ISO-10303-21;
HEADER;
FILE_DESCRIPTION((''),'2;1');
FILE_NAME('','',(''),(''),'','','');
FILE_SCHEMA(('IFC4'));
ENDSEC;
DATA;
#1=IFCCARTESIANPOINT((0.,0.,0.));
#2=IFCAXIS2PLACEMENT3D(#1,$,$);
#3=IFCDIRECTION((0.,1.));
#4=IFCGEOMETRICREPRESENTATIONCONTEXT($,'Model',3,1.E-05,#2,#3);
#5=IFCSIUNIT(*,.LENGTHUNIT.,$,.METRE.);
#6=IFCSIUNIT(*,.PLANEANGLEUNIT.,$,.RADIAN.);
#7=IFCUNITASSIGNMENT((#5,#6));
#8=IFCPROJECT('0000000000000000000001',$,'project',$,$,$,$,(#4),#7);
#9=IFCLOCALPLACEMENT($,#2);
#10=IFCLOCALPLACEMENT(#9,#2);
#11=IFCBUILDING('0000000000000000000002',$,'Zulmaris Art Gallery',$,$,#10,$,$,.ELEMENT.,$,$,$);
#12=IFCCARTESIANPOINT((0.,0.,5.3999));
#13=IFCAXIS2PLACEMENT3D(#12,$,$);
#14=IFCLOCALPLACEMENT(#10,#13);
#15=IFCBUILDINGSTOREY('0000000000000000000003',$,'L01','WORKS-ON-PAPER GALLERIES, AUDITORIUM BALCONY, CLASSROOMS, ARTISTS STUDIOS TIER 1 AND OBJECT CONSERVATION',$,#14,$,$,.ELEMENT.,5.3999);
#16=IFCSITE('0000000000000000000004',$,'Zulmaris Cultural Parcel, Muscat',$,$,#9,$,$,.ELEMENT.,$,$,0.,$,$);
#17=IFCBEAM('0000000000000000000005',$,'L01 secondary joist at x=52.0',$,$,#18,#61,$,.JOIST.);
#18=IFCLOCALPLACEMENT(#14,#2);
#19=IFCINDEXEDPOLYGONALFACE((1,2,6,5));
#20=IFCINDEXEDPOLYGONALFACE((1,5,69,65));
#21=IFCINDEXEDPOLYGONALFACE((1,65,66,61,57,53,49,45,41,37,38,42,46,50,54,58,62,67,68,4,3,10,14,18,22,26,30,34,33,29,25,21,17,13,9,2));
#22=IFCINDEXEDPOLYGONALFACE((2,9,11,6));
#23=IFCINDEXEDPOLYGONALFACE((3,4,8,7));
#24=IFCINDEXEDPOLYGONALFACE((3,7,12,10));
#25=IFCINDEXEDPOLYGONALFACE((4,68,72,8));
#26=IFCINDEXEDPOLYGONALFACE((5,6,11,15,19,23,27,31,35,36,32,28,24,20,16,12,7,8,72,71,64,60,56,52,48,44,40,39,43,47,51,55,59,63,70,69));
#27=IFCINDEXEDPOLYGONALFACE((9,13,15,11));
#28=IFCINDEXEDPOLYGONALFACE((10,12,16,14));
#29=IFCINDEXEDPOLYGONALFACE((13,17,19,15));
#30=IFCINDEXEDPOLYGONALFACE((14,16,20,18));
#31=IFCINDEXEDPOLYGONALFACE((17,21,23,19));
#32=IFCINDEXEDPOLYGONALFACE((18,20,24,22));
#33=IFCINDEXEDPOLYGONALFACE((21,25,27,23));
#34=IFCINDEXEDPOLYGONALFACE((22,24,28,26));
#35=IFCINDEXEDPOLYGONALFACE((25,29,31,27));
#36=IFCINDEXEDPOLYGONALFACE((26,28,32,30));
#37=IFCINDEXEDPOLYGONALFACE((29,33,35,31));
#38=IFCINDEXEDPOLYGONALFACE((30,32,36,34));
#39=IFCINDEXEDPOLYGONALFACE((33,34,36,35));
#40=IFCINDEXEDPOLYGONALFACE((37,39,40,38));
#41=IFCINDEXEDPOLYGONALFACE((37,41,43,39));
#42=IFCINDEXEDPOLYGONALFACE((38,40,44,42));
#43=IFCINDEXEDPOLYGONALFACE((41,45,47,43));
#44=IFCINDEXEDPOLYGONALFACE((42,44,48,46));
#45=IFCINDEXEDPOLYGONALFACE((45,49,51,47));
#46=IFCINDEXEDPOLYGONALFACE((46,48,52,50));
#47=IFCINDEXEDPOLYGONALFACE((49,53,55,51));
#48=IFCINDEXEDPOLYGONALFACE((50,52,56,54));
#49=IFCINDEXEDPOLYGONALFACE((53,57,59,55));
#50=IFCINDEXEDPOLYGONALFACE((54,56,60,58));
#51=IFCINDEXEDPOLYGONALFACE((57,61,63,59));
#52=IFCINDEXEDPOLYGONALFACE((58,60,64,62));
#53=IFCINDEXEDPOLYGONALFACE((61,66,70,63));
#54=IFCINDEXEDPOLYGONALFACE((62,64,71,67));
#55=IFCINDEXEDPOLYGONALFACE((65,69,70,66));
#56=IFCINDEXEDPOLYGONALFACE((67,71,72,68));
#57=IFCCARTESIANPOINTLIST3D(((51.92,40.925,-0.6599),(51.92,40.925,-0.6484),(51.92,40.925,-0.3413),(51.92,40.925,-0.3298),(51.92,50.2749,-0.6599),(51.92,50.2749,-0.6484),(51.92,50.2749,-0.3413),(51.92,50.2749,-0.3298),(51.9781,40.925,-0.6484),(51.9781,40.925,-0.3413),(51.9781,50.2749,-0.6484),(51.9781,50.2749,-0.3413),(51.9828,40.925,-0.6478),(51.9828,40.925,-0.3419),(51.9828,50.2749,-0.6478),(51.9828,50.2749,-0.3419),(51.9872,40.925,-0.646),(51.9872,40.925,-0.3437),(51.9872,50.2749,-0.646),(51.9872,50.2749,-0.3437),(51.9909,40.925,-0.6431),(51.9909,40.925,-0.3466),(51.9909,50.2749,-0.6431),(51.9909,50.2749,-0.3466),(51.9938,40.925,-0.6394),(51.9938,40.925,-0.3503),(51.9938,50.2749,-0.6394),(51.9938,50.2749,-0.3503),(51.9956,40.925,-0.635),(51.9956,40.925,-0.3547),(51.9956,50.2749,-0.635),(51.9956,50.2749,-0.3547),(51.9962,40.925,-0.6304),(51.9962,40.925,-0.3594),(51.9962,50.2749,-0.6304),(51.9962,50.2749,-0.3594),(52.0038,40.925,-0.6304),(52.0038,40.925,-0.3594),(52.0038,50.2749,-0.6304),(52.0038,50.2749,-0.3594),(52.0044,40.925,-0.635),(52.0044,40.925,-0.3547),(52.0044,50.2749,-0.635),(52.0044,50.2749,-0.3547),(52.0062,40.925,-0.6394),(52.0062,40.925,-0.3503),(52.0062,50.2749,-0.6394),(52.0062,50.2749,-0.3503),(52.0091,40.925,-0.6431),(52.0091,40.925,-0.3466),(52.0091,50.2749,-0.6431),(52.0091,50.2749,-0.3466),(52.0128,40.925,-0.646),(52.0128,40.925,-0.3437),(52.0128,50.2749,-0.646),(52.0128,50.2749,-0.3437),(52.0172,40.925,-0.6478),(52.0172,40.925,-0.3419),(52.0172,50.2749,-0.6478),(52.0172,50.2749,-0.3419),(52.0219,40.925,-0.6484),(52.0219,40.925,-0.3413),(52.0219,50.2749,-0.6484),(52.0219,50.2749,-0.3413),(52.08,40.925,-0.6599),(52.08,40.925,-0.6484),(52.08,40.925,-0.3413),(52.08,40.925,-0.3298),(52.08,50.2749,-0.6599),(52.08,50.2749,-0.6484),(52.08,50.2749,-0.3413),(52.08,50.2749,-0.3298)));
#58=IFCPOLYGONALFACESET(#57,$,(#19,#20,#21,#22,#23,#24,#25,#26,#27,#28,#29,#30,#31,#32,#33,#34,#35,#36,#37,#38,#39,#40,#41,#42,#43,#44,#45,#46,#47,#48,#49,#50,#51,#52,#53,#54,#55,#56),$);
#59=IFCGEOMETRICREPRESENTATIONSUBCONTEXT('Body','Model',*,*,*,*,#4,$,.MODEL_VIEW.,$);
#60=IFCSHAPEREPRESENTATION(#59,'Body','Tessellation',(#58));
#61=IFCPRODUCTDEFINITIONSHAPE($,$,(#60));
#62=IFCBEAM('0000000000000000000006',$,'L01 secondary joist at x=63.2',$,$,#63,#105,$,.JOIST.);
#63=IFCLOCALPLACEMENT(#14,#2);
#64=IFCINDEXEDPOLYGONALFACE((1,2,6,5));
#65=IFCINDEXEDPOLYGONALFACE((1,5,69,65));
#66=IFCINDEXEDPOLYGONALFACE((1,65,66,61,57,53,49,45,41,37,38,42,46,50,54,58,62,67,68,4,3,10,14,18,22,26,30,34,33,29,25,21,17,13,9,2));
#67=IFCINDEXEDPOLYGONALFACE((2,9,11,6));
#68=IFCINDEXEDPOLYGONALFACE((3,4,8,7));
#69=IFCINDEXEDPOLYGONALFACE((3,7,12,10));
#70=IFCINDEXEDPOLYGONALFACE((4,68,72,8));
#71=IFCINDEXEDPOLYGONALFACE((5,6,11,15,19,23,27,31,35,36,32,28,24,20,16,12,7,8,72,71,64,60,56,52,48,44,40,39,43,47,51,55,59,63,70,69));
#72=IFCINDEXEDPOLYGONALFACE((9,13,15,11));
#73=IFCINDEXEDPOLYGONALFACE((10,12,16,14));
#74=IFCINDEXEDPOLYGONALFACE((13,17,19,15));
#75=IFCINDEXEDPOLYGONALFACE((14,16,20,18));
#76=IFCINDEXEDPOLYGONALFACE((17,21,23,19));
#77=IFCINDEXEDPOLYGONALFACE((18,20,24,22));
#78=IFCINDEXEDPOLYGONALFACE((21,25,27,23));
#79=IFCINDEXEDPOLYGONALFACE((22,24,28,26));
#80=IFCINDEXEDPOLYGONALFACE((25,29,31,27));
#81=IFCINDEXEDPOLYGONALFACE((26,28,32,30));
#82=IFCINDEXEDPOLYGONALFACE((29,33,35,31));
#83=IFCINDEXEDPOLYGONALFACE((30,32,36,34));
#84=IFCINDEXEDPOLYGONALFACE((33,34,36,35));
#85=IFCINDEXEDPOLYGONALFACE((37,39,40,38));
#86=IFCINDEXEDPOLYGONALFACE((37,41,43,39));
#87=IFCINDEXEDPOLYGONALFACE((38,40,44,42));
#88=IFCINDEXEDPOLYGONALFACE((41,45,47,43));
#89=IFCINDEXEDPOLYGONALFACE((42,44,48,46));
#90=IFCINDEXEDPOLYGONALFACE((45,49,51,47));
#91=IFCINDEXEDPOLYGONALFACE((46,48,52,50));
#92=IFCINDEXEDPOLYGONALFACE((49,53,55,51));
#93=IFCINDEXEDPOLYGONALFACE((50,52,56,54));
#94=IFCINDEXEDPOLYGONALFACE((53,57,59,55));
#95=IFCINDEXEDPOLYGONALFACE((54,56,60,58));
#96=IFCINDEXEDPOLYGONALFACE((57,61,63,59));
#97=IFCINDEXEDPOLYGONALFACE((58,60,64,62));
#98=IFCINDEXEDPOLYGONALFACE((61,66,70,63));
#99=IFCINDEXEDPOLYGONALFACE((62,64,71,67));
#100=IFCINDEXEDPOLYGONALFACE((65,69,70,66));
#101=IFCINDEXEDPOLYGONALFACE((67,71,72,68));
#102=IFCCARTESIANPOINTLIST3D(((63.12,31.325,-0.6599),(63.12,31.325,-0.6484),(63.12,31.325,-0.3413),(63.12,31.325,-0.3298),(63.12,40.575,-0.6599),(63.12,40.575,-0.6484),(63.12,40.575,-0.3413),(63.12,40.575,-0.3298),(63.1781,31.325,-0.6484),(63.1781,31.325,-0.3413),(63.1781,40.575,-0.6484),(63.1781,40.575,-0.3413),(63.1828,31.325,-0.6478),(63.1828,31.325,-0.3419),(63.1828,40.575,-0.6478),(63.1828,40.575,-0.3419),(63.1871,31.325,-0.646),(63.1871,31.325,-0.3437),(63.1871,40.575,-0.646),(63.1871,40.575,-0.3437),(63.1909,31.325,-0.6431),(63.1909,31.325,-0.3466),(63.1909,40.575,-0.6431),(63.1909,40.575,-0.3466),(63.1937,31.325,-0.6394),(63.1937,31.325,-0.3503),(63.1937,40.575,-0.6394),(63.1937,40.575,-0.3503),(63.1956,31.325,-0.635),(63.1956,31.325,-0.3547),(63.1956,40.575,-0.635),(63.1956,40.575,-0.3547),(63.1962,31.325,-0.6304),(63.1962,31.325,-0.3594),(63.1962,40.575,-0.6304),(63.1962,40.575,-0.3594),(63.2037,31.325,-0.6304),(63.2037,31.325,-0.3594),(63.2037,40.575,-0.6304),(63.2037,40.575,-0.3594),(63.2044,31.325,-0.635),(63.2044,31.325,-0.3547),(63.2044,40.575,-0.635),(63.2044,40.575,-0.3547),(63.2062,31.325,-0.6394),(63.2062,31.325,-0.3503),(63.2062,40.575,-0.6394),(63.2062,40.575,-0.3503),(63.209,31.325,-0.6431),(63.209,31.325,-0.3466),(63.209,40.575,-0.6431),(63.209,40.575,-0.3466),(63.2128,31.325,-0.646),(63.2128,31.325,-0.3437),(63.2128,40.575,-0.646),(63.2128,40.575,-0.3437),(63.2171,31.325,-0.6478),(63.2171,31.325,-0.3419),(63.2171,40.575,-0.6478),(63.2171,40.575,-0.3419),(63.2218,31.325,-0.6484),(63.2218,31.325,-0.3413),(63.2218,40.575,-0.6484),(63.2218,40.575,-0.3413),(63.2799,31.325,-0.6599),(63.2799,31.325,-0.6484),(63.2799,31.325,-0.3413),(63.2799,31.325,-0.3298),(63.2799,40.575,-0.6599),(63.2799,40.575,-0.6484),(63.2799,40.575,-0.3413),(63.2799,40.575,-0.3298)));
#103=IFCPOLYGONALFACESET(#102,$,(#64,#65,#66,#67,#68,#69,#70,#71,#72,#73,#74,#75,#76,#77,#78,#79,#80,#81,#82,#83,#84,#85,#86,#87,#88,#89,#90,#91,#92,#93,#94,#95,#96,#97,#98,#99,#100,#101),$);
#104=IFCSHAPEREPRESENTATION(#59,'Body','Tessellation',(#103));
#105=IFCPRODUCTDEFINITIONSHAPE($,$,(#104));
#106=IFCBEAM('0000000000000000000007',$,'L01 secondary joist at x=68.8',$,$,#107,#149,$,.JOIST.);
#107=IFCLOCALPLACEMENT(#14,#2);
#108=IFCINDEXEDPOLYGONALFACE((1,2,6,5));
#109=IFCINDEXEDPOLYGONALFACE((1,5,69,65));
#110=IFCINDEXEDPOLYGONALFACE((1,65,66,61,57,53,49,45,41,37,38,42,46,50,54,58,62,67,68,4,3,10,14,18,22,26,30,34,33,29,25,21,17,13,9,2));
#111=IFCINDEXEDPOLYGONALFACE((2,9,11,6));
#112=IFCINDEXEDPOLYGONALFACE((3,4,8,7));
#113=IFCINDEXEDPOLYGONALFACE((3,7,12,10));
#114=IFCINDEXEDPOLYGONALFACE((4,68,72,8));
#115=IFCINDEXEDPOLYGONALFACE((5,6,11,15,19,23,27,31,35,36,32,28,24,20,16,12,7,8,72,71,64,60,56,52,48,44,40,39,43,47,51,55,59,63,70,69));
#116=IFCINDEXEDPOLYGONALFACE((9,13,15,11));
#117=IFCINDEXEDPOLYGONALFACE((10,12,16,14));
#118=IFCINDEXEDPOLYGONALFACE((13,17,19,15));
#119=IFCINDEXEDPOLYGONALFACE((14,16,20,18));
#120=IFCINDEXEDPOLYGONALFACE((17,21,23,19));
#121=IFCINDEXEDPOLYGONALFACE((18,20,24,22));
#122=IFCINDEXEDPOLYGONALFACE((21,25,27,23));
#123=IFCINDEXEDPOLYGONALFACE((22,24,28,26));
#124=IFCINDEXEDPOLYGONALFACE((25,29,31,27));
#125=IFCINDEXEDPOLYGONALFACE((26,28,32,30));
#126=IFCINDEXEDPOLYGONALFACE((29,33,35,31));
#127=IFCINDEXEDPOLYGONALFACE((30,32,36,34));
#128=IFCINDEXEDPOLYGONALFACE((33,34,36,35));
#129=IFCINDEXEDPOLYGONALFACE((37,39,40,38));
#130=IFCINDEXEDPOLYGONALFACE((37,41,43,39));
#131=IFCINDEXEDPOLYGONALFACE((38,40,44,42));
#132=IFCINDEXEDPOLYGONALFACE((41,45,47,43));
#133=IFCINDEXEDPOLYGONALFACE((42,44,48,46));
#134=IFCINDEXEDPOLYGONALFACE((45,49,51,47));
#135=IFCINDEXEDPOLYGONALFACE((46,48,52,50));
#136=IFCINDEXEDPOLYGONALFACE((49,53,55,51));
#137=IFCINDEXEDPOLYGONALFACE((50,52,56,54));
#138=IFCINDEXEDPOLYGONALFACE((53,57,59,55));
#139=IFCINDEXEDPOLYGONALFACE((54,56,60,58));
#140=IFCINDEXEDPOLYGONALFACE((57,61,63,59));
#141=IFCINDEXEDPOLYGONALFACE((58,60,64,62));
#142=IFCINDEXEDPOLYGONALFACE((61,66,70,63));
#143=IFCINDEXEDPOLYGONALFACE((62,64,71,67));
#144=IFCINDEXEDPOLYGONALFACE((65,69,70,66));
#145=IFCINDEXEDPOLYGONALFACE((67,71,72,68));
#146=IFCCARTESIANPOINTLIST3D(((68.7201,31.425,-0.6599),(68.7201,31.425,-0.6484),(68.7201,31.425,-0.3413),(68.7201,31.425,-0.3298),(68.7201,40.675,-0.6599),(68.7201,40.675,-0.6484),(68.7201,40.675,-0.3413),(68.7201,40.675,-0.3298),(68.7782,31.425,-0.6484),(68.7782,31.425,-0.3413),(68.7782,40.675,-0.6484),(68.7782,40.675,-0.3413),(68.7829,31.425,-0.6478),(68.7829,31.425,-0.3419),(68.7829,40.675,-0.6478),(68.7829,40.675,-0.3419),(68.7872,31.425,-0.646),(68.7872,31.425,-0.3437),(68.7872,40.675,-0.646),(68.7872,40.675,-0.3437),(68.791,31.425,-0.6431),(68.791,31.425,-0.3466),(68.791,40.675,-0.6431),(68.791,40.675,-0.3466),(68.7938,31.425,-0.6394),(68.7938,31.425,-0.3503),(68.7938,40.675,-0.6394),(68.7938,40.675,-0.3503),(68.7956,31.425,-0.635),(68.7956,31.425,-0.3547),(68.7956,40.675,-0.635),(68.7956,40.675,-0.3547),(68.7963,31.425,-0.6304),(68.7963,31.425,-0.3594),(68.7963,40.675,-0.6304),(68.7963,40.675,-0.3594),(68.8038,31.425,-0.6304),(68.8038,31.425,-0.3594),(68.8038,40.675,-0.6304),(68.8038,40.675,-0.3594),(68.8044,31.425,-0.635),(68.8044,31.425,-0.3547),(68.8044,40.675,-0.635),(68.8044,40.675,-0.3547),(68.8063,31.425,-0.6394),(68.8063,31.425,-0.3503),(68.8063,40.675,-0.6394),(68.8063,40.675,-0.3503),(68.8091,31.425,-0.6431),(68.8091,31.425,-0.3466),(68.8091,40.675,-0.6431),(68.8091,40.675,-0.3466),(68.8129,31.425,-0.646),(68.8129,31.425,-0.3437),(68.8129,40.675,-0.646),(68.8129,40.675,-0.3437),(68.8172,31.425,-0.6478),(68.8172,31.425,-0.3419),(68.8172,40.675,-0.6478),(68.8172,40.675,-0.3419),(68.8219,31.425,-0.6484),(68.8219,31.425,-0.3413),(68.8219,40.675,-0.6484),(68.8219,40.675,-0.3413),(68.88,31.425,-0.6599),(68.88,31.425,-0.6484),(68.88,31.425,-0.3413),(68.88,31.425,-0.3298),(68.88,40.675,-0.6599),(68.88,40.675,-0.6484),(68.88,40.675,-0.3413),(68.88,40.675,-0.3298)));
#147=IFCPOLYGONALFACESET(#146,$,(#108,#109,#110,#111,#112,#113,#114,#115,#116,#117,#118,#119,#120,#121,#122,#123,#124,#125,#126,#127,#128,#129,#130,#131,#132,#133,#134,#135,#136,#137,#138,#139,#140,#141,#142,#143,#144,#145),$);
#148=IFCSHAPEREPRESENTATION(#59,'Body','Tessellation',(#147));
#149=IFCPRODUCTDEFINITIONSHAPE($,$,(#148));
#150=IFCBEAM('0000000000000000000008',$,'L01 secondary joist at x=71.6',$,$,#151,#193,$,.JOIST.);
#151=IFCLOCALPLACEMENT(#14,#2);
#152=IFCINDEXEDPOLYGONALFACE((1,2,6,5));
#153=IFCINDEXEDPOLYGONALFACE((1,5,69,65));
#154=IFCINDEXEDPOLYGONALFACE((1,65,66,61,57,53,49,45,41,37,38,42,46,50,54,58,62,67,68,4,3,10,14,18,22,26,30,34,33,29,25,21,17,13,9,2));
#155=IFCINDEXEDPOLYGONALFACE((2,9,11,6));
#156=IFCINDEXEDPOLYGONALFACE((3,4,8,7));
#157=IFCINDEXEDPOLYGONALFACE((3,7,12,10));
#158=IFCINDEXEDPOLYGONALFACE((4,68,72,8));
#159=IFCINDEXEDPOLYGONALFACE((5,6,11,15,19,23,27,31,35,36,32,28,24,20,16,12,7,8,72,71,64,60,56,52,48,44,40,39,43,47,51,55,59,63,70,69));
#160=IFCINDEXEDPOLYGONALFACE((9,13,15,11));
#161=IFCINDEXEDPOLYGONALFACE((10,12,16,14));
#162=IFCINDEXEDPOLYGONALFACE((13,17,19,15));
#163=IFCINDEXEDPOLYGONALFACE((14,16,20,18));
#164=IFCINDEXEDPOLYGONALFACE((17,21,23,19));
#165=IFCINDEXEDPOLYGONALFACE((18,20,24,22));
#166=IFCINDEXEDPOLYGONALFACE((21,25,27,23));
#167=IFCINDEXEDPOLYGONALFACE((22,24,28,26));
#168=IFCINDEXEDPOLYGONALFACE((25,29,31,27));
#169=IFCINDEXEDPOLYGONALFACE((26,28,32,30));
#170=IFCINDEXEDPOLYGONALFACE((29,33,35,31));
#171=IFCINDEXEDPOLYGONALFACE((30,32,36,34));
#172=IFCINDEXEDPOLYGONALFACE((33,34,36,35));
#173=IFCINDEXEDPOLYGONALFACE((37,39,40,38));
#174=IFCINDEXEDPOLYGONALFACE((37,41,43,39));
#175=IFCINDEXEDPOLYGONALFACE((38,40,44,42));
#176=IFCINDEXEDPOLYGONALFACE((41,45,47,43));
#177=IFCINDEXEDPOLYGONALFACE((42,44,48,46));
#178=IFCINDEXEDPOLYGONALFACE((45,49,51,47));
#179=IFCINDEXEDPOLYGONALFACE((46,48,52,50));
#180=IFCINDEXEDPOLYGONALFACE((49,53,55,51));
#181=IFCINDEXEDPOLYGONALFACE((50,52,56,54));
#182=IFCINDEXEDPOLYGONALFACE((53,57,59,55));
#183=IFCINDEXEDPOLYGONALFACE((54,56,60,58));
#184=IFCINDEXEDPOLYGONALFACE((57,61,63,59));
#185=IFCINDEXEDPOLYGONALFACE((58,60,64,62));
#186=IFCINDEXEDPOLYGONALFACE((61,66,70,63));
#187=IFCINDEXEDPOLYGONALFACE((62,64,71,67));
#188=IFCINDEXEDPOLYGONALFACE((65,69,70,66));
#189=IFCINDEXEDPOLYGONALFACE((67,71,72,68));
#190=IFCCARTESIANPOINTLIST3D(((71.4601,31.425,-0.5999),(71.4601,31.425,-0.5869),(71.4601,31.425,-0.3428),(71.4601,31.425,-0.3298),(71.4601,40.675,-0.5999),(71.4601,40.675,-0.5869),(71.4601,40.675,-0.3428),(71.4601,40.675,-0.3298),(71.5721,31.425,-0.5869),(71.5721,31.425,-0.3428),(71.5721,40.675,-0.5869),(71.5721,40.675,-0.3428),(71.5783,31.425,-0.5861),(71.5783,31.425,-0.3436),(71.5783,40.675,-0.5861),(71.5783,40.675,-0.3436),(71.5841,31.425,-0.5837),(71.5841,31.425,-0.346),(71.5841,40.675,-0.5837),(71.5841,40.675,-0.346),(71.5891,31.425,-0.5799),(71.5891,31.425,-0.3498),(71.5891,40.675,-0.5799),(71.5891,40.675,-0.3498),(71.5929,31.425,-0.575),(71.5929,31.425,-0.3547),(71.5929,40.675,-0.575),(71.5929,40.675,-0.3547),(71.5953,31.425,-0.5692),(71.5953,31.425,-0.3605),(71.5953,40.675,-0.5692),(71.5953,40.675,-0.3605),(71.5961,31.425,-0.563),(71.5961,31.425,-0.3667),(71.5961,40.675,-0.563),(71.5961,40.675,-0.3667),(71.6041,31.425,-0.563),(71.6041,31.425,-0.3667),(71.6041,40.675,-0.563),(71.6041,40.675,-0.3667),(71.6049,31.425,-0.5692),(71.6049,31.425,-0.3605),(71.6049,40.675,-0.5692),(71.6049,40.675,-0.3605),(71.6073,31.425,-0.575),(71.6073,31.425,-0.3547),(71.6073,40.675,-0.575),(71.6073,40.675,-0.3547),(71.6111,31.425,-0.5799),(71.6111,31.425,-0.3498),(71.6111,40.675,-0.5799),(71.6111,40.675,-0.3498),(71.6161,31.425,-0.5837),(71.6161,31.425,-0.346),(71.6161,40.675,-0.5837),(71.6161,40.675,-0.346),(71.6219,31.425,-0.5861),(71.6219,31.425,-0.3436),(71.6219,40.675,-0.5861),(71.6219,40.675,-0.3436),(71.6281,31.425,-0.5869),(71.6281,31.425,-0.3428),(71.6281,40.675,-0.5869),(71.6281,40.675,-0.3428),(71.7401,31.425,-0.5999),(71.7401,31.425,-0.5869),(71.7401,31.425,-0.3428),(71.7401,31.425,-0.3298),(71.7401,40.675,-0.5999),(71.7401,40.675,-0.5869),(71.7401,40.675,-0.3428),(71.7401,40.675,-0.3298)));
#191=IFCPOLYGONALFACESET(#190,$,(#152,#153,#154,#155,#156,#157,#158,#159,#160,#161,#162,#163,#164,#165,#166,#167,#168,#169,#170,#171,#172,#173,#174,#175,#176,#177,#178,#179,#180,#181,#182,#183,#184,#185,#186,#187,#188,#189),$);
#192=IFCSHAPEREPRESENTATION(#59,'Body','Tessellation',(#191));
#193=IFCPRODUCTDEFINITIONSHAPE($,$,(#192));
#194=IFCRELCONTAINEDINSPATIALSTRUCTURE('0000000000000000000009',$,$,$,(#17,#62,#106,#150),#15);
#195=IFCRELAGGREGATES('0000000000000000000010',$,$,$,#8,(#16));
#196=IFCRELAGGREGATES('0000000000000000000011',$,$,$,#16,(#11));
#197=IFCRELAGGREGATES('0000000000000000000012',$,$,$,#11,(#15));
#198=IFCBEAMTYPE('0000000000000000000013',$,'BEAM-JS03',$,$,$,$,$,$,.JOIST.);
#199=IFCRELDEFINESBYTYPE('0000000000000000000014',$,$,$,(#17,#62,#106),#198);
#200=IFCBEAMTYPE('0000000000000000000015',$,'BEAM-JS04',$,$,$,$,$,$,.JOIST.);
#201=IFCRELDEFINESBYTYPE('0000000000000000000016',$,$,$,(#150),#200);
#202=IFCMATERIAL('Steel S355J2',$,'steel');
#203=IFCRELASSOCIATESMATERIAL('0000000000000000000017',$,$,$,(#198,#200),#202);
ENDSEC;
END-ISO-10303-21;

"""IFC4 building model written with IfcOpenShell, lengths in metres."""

from ifc_helpers import new_model, si_unit, direction, frame, origin, origin_2d, place, context, subcontext, project, spatial, i_section, extrude, material, material_profile, profile_set, type_object, element, save


model = new_model("IFC4")

# Units and contexts
model_context = context("Model", 3, precision=1e-05, world=origin(), true_north=direction((0.0, 1.0)))
body_context = subcontext(model_context, "Body", "Model", "MODEL_VIEW")
ifc_project = project(units=[si_unit("LENGTHUNIT", "METRE"), si_unit("PLANEANGLEUNIT", "RADIAN")], contexts=[model_context])

# Site, building, storey
site_placement = place(None, origin())
site = spatial("IfcSite", under=ifc_project, at=site_placement, Name="Zulmaris Cultural Parcel, Muscat", CompositionType="ELEMENT", RefElevation=0.0)
building_placement = place(site_placement, origin())
building = spatial("IfcBuilding", under=site, at=building_placement, Name="Zulmaris Art Gallery", CompositionType="ELEMENT")
storey_placement = place(building_placement, frame((0.0, 0.0, 5.3999)))
storey = spatial("IfcBuildingStorey", under=building, at=storey_placement, Name="L01", Description="WORKS-ON-PAPER GALLERIES, AUDITORIUM BALCONY, CLASSROOMS, ARTISTS STUDIOS TIER 1 AND OBJECT CONSERVATION", CompositionType="ELEMENT", Elevation=5.3999)

# Beams
ifc_material_1 = material(Name="Steel S355J2", Category="steel")
ifc_material_profile_1 = material_profile(ifc_material_1, i_section(OverallWidth=0.1599, OverallDepth=0.3301, WebThickness=0.0076, FlangeThickness=0.0115, FilletRadius=0.0181, at=origin_2d()), Name="IPE 330")
ifc_profile_set_1 = profile_set([ifc_material_profile_1], Name="Steel S355J2")
beam_type_1 = type_object("IfcBeamType", Name="BEAM-JS03", PredefinedType="JOIST", material=ifc_profile_set_1)
beam_1_placement = place(storey_placement, frame((52.0, 40.925, -0.4949), z_axis=(0.0, 1.0, 0.0), x_axis=(-1.0, 0.0, 0.0)))
element("IfcBeam", 1, at=beam_1_placement, inside=storey, type_object=beam_type_1, Name="L01 secondary joist at x=52.0", PredefinedType="JOIST", context=body_context, shape_type="SweptSolid", body=[
    extrude(i_section(OverallWidth=0.1599, OverallDepth=0.3301, WebThickness=0.0076, FlangeThickness=0.0115, FilletRadius=0.0181, at=origin_2d()), origin(), (0.0, 0.0, 1.0), 9.3499),
])
for number, where, z_axis, x_axis, name in (
    (2, (63.2, 31.325, -0.4949), (0.0, 1.0, 0.0), (-1.0, 0.0, 0.0), "L01 secondary joist at x=63.2"),
    (3, (68.8, 31.425, -0.4949), (0.0, 1.0, 0.0), (-1.0, 0.0, 0.0), "L01 secondary joist at x=68.8"),
):
    element("IfcBeam", number, at=place(storey_placement, frame(where, z_axis=z_axis, x_axis=x_axis)), inside=storey, type_object=beam_type_1, Name=name, PredefinedType="JOIST", context=body_context, shape_type="SweptSolid", body=[
        extrude(i_section(OverallWidth=0.1599, OverallDepth=0.3301, WebThickness=0.0076, FlangeThickness=0.0115, FilletRadius=0.0181, at=origin_2d()), origin(), (0.0, 0.0, 1.0), 9.25),
    ])
ifc_material_profile_2 = material_profile(ifc_material_1, i_section(OverallWidth=0.28, OverallDepth=0.27, WebThickness=0.0081, FlangeThickness=0.0129, FilletRadius=0.0239, at=origin_2d()), Name="HEA 280")
ifc_profile_set_2 = profile_set([ifc_material_profile_2], Name="Steel S355J2")
beam_type_2 = type_object("IfcBeamType", Name="BEAM-JS04", PredefinedType="JOIST", material=ifc_profile_set_2)
beam_2_placement = place(storey_placement, frame((71.6001, 31.425, -0.4648), z_axis=(0.0, 1.0, 0.0), x_axis=(-1.0, 0.0, 0.0)))
element("IfcBeam", 4, at=beam_2_placement, inside=storey, type_object=beam_type_2, Name="L01 secondary joist at x=71.6", PredefinedType="JOIST", context=body_context, shape_type="SweptSolid", body=[
    extrude(i_section(OverallWidth=0.28, OverallDepth=0.27, WebThickness=0.0081, FlangeThickness=0.0129, FilletRadius=0.0239, at=origin_2d()), origin(), (0.0, 0.0, 1.0), 9.25),
])

save(model, "model.ifc")
